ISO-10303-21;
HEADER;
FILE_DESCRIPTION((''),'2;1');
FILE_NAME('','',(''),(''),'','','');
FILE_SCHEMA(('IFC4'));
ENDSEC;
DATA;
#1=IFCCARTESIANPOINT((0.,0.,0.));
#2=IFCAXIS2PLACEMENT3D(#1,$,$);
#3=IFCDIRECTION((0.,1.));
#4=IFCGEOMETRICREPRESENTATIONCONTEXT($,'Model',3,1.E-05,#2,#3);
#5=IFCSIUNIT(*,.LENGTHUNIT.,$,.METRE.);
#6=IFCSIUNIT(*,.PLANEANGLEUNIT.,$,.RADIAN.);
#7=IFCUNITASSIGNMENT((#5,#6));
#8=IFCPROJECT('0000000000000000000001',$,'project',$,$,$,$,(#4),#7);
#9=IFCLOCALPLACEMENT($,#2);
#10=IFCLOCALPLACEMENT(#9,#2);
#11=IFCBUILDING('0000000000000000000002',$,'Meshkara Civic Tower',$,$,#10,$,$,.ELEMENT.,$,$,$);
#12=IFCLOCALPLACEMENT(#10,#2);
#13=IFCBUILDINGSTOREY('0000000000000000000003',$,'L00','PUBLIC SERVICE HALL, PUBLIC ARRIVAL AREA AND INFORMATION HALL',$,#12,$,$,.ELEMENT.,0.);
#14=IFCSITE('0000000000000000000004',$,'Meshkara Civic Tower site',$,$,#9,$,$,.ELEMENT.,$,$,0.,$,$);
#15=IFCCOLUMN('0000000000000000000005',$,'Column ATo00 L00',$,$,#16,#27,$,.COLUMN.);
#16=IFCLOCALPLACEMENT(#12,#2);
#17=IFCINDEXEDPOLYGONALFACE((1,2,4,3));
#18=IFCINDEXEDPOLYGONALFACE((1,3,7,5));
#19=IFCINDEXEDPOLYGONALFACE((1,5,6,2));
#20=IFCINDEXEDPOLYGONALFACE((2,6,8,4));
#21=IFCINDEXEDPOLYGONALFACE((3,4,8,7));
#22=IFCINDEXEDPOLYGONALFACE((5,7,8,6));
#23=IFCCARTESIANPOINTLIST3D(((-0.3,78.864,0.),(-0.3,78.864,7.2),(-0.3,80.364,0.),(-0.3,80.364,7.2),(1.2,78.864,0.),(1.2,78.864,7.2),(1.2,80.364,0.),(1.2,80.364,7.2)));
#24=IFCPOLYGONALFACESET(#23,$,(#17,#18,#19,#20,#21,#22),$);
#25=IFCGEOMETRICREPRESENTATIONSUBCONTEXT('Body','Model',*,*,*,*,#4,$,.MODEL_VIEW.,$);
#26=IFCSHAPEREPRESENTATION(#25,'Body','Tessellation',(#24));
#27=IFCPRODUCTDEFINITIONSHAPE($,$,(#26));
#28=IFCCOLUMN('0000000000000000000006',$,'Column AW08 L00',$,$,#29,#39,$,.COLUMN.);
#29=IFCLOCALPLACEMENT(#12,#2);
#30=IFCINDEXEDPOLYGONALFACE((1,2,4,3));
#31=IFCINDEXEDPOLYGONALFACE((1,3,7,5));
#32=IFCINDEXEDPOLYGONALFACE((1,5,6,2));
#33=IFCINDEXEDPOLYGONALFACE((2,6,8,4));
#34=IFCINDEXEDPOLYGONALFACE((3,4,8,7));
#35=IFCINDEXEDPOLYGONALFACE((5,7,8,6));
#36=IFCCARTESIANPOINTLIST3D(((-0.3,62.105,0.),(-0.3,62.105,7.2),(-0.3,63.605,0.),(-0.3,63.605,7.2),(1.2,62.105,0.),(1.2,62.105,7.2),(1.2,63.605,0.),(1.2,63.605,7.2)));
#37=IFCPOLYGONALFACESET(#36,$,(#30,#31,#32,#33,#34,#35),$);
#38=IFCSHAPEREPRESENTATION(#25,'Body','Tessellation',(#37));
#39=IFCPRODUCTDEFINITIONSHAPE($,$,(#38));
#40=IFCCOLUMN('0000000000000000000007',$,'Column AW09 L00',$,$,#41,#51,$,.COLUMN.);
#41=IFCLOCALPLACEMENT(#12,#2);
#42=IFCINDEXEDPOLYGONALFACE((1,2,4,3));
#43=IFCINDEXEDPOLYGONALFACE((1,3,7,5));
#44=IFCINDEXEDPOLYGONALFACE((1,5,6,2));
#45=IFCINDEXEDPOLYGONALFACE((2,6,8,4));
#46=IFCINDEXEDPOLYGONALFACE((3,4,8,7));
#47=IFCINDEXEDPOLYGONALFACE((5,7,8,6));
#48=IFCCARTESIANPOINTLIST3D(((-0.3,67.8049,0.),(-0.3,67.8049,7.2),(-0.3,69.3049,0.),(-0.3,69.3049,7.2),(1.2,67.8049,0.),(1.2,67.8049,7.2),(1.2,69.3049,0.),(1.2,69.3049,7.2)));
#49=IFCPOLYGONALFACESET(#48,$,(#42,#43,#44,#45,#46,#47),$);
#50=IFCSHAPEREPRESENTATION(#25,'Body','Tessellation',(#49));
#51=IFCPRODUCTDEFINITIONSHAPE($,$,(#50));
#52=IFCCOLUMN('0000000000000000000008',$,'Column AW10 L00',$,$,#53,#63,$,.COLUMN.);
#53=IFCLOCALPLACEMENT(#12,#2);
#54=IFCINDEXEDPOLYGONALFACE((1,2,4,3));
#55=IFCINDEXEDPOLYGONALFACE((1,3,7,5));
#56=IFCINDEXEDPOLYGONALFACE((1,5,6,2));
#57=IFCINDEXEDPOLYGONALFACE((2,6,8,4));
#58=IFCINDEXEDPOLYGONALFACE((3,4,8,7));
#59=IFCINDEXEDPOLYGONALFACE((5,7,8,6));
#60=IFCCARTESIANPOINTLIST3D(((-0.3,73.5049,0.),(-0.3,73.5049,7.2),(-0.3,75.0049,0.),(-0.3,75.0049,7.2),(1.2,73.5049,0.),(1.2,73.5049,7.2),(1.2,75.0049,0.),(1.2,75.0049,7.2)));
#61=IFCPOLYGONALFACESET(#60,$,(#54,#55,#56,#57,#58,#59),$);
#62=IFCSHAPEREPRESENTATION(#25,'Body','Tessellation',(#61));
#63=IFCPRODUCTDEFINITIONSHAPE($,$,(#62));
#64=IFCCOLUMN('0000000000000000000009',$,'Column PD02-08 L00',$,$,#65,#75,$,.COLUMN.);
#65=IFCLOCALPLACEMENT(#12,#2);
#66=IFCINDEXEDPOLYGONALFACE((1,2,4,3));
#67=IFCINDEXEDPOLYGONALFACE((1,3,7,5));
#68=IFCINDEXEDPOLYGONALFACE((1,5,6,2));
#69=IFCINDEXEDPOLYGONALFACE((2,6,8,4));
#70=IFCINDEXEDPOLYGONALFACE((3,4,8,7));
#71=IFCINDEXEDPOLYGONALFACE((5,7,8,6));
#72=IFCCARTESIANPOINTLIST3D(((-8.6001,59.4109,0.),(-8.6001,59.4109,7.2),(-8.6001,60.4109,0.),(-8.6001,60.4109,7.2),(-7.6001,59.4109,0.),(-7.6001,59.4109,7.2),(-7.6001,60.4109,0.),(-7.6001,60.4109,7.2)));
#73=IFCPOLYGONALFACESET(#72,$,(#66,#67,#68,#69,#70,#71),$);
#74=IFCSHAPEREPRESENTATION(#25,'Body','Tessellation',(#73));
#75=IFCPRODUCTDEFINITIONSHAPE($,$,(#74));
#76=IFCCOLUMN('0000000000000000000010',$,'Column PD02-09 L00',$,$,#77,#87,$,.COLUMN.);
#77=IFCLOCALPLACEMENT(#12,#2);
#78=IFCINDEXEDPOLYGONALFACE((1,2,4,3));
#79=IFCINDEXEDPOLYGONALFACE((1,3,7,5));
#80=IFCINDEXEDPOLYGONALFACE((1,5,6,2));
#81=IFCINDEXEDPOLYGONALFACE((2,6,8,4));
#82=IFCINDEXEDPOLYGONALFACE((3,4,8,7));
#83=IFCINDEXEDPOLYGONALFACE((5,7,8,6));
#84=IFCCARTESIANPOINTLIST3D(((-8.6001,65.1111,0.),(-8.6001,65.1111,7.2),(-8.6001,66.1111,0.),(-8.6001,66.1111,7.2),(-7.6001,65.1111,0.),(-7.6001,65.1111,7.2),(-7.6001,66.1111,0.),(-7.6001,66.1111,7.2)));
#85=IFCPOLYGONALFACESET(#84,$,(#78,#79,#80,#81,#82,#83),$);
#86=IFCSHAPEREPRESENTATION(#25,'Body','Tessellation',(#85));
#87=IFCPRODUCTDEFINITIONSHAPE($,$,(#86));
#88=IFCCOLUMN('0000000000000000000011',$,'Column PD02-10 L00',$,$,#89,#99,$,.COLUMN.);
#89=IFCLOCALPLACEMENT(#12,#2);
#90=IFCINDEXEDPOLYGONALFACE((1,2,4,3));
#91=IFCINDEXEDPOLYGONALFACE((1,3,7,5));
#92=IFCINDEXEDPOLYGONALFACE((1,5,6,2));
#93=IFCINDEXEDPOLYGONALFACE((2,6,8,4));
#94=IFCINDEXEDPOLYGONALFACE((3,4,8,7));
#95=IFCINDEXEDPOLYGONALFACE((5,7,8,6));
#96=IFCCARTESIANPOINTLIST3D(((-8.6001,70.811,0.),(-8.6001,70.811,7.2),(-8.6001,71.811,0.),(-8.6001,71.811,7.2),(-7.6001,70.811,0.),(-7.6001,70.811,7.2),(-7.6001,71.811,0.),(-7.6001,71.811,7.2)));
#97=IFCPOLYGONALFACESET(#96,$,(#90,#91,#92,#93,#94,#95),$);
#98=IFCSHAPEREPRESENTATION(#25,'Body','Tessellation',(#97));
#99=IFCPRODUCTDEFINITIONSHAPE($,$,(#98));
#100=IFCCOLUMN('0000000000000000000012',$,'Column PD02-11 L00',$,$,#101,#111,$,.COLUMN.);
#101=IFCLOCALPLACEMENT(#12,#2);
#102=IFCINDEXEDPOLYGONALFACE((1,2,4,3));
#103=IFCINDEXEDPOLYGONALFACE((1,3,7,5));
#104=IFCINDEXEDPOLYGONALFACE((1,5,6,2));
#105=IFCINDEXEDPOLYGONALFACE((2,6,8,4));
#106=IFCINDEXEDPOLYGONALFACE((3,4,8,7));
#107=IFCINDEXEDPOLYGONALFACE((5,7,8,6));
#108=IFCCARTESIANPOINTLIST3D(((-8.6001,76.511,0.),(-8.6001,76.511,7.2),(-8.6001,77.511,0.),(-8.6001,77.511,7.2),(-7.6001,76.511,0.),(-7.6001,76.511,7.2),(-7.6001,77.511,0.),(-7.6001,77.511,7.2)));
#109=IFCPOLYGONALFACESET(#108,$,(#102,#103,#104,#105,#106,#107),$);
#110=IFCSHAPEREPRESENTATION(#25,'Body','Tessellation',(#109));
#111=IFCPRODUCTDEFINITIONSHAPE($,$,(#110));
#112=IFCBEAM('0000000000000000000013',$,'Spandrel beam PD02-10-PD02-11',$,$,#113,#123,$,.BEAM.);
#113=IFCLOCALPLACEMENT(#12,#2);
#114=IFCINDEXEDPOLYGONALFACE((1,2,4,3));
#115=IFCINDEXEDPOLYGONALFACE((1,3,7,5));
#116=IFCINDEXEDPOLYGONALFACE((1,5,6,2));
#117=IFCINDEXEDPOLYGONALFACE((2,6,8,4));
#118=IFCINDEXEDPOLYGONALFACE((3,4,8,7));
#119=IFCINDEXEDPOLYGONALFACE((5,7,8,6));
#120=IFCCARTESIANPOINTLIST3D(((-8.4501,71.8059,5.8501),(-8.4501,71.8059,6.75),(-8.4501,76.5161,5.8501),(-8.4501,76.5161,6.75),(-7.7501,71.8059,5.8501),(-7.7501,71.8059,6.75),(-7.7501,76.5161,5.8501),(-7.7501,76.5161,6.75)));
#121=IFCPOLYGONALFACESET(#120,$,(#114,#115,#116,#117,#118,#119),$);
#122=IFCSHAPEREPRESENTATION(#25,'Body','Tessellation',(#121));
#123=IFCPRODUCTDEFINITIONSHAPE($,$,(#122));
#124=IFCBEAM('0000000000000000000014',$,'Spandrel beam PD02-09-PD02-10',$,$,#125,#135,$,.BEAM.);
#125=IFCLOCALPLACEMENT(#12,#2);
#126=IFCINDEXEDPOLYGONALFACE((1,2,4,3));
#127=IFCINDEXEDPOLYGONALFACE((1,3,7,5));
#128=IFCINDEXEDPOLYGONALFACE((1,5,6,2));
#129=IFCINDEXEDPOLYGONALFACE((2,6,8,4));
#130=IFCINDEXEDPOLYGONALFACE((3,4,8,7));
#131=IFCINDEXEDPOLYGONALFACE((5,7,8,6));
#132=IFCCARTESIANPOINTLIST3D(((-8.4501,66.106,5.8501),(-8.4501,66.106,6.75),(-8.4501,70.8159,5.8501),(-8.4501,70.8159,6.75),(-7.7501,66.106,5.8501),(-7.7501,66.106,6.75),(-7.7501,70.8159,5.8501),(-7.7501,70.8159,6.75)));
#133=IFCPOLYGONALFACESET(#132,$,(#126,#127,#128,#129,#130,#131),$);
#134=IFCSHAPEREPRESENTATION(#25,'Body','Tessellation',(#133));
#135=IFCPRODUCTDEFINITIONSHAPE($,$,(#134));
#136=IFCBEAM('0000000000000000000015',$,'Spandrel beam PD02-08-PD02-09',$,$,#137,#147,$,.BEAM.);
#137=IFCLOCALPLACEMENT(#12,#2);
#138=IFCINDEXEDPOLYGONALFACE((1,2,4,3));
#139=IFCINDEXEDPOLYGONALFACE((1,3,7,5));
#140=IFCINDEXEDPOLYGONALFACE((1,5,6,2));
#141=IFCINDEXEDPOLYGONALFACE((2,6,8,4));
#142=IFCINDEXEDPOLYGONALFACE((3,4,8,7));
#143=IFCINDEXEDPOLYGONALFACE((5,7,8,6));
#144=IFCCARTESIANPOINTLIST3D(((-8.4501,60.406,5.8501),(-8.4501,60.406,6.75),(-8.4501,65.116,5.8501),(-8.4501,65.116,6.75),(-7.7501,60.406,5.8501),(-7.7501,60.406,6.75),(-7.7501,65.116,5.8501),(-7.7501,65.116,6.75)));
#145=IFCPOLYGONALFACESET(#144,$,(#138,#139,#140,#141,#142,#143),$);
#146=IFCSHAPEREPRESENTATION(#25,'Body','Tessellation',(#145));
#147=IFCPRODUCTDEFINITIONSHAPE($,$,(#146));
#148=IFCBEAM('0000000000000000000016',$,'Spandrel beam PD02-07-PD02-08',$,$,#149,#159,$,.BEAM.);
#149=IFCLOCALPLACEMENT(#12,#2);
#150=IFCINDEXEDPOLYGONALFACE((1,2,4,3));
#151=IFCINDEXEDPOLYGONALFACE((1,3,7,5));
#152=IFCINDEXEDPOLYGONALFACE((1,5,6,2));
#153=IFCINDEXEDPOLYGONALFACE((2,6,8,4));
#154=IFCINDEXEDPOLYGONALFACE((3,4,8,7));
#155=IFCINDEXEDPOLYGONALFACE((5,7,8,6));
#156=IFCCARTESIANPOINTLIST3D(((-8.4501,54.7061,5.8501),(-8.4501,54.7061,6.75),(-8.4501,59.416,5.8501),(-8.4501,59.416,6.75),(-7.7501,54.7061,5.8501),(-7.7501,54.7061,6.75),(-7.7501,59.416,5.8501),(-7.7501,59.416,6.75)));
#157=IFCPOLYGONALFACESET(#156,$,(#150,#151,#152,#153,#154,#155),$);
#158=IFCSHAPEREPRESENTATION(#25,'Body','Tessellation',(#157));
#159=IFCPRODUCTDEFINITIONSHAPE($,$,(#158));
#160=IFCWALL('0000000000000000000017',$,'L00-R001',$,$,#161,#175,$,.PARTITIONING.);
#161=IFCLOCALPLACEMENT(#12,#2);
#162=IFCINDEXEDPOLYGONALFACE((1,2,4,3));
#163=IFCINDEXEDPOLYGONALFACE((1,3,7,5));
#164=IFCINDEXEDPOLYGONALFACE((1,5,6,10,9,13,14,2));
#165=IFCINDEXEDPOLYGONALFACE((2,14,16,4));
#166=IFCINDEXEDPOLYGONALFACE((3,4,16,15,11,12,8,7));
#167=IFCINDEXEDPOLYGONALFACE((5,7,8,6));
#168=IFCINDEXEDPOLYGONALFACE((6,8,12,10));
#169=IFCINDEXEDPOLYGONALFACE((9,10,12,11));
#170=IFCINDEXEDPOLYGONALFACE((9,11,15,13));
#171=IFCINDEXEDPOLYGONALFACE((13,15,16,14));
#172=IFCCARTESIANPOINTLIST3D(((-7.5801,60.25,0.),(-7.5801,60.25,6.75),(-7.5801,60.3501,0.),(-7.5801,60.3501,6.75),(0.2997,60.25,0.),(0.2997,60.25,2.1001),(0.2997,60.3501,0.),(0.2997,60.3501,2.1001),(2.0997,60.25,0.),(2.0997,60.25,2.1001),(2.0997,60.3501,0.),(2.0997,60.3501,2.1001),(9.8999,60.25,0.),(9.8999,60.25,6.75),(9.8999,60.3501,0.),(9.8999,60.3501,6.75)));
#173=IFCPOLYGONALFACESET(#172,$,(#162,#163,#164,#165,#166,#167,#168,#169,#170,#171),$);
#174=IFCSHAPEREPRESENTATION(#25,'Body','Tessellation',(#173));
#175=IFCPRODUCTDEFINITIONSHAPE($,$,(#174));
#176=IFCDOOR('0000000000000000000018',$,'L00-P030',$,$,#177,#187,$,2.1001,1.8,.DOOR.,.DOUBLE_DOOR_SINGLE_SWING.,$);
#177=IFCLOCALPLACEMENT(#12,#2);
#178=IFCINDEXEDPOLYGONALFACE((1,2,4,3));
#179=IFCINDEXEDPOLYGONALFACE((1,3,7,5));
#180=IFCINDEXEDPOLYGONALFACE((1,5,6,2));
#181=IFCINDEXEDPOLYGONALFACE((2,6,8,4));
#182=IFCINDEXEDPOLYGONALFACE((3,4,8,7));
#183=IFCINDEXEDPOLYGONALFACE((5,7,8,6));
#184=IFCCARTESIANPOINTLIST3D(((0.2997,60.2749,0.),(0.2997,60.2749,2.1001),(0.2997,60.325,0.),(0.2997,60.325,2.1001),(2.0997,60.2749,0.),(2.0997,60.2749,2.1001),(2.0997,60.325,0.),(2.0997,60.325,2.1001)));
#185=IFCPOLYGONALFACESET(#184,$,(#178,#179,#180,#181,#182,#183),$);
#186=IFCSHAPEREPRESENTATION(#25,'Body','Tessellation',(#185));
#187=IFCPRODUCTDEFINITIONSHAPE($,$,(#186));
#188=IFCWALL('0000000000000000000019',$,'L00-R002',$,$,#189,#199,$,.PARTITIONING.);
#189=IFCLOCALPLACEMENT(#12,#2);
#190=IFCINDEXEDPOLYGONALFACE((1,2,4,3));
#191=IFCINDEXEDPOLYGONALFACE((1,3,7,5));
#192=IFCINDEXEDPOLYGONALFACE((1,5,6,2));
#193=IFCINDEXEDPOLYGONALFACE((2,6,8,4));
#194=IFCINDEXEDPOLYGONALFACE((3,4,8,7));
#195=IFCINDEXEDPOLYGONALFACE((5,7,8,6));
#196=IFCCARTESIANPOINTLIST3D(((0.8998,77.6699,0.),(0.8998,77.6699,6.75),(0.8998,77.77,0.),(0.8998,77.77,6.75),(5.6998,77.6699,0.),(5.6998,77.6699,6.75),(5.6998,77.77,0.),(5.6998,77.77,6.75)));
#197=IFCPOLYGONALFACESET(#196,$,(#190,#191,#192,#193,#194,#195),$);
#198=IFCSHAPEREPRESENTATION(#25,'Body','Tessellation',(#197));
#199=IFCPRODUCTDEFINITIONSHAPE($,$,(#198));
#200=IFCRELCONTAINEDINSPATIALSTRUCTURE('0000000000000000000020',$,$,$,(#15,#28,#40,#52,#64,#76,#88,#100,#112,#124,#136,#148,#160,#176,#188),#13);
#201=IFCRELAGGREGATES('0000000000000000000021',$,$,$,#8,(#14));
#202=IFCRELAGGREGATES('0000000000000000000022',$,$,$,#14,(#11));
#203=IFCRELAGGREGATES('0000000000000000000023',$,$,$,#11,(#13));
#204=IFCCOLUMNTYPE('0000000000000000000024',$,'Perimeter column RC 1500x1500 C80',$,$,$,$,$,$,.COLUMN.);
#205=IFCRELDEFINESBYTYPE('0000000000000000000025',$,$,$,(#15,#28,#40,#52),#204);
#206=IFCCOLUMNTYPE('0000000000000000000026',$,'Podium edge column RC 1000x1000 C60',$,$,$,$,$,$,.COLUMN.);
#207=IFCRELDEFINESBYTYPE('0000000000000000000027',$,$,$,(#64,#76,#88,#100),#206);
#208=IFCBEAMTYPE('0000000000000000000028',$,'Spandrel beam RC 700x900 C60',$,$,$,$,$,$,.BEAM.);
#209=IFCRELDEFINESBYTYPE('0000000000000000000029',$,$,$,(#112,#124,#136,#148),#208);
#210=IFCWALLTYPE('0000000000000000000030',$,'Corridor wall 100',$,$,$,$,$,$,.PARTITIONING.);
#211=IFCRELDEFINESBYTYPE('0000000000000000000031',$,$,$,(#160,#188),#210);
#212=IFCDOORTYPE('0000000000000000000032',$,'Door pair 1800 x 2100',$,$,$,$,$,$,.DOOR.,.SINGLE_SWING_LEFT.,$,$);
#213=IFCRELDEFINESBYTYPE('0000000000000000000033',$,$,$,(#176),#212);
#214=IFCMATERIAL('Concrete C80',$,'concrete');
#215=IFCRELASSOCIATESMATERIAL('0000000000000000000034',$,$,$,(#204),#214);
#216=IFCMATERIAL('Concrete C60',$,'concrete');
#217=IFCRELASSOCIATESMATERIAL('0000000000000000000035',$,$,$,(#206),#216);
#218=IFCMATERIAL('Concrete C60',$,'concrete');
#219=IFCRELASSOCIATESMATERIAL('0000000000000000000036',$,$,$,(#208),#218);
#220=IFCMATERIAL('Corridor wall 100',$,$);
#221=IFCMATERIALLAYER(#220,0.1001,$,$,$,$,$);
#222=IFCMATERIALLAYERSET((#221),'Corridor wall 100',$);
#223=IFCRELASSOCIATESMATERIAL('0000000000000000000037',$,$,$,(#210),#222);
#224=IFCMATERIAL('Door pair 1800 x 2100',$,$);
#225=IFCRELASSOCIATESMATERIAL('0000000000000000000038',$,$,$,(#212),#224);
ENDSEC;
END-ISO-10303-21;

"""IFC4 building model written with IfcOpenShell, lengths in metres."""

from ifc_helpers import new_model, si_unit, direction, frame, frame_2d, origin, origin_2d, place, context, subcontext, project, spatial, rectangle, extrude, material, layer, layer_set, material_profile, profile_set, type_object, element, fill, save


model = new_model("IFC4")

# Units and contexts
model_context = context("Model", 3, precision=1e-05, world=origin(), true_north=direction((0.0, 1.0)))
body_context = subcontext(model_context, "Body", "Model", "MODEL_VIEW")
ifc_project = project(units=[si_unit("LENGTHUNIT", "METRE"), si_unit("PLANEANGLEUNIT", "RADIAN")], contexts=[model_context])

# Site, building, storey
site_placement = place(None, origin())
site = spatial("IfcSite", under=ifc_project, at=site_placement, Name="Meshkara Civic Tower site", CompositionType="ELEMENT", RefElevation=0.0)
building_placement = place(site_placement, origin())
building = spatial("IfcBuilding", under=site, at=building_placement, Name="Meshkara Civic Tower", CompositionType="ELEMENT")
storey_placement = place(building_placement, origin())
storey = spatial("IfcBuildingStorey", under=building, at=storey_placement, Name="L00", Description="PUBLIC SERVICE HALL, PUBLIC ARRIVAL AREA AND INFORMATION HALL", CompositionType="ELEMENT", Elevation=0.0)

# Columns
ifc_material_1 = material(Name="Concrete C80", Category="concrete")
ifc_material_profile_1 = material_profile(ifc_material_1, rectangle(XDim=1.5, YDim=1.5, at=origin_2d()))
ifc_profile_set_1 = profile_set([ifc_material_profile_1], Name="Concrete C80")
column_type_1 = type_object("IfcColumnType", Name="Perimeter column RC 1500x1500 C80", PredefinedType="COLUMN", material=ifc_profile_set_1)
for number, where, z_axis, x_axis, name in (
    (1, (0.45, 79.614, 0.0), (0.0, 0.0, 1.0), (1.0, 0.0, 0.0), "Column ATo00 L00"),
    (2, (0.45, 62.855, 0.0), (0.0, 0.0, 1.0), (1.0, 0.0, 0.0), "Column AW08 L00"),
    (3, (0.45, 68.5549, 0.0), (0.0, 0.0, 1.0), (1.0, 0.0, 0.0), "Column AW09 L00"),
    (4, (0.45, 74.2549, 0.0), (0.0, 0.0, 1.0), (1.0, 0.0, 0.0), "Column AW10 L00"),
):
    element("IfcColumn", number, at=place(storey_placement, frame(where, z_axis=z_axis, x_axis=x_axis)), inside=storey, type_object=column_type_1, Name=name, PredefinedType="COLUMN", context=body_context, shape_type="SweptSolid", body=[
        extrude(rectangle(XDim=1.5, YDim=1.5, at=origin_2d()), origin(), (0.0, 0.0, 1.0), 7.2),
    ])
ifc_material_2 = material(Name="Concrete C60", Category="concrete")
ifc_material_profile_2 = material_profile(ifc_material_2, rectangle(XDim=1.0, YDim=1.0, at=origin_2d()))
ifc_profile_set_2 = profile_set([ifc_material_profile_2], Name="Concrete C60")
column_type_2 = type_object("IfcColumnType", Name="Podium edge column RC 1000x1000 C60", PredefinedType="COLUMN", material=ifc_profile_set_2)
for number, where, z_axis, x_axis, name in (
    (5, (-8.1001, 59.9109, 0.0), (0.0, 0.0, 1.0), (1.0, 0.0, 0.0), "Column PD02-08 L00"),
    (6, (-8.1001, 65.6111, 0.0), (0.0, 0.0, 1.0), (1.0, 0.0, 0.0), "Column PD02-09 L00"),
    (7, (-8.1001, 71.311, 0.0), (0.0, 0.0, 1.0), (1.0, 0.0, 0.0), "Column PD02-10 L00"),
    (8, (-8.1001, 77.011, 0.0), (0.0, 0.0, 1.0), (1.0, 0.0, 0.0), "Column PD02-11 L00"),
):
    element("IfcColumn", number, at=place(storey_placement, frame(where, z_axis=z_axis, x_axis=x_axis)), inside=storey, type_object=column_type_2, Name=name, PredefinedType="COLUMN", context=body_context, shape_type="SweptSolid", body=[
        extrude(rectangle(XDim=1.0, YDim=1.0, at=origin_2d()), origin(), (0.0, 0.0, 1.0), 7.2),
    ])

# Beams
ifc_material_3 = material(Name="Concrete C60", Category="concrete")
ifc_material_profile_3 = material_profile(ifc_material_3, rectangle(XDim=0.7, YDim=0.8999, at=origin_2d()))
ifc_profile_set_3 = profile_set([ifc_material_profile_3], Name="Concrete C60")
beam_type = type_object("IfcBeamType", Name="Spandrel beam RC 700x900 C60", PredefinedType="BEAM", material=ifc_profile_set_3)
beam_placement = place(storey_placement, frame((-8.1001, 76.5161, 6.3), z_axis=(0.0, -1.0, 0.0), x_axis=(1.0, 0.0, 0.0)))
element("IfcBeam", 9, at=beam_placement, inside=storey, type_object=beam_type, Name="Spandrel beam PD02-10-PD02-11", PredefinedType="BEAM", context=body_context, shape_type="SweptSolid", body=[
    extrude(rectangle(XDim=0.7, YDim=0.8999, at=origin_2d()), origin(), (0.0, 0.0, 1.0), 4.7102),
])
for number, where, z_axis, x_axis, name in (
    (10, (-8.1001, 70.8159, 6.3), (0.0, -1.0, 0.0), (1.0, 0.0, 0.0), "Spandrel beam PD02-09-PD02-10"),
    (11, (-8.1001, 65.116, 6.3), (0.0, -1.0, 0.0), (1.0, 0.0, 0.0), "Spandrel beam PD02-08-PD02-09"),
    (12, (-8.1001, 59.416, 6.3), (0.0, -1.0, 0.0), (1.0, 0.0, 0.0), "Spandrel beam PD02-07-PD02-08"),
):
    element("IfcBeam", number, at=place(storey_placement, frame(where, z_axis=z_axis, x_axis=x_axis)), inside=storey, type_object=beam_type, Name=name, PredefinedType="BEAM", context=body_context, shape_type="SweptSolid", body=[
        extrude(rectangle(XDim=0.7, YDim=0.8999, at=origin_2d()), origin(), (0.0, 0.0, 1.0), 4.71),
    ])

# Wall, opening, door
ifc_material_4 = material(Name="Corridor wall 100")
ifc_layer_1 = layer(ifc_material_4, 0.1001)
ifc_layer_set_1 = layer_set([ifc_layer_1], Name="Corridor wall 100")
wall_type_1 = type_object("IfcWallType", Name="Corridor wall 100", PredefinedType="PARTITIONING", material=ifc_layer_set_1)
wall_1_placement = place(storey_placement, frame((-7.5801, 60.3, 0.0), z_axis=(0.0, 0.0, 1.0), x_axis=(1.0, 0.0, 0.0)))
wall_1 = element("IfcWall", 13, at=wall_1_placement, inside=storey, type_object=wall_type_1, Name="L00-R001", PredefinedType="PARTITIONING", context=body_context, shape_type="SweptSolid", body=[
    extrude(rectangle(XDim=17.48, YDim=0.1001, at=frame_2d((8.74, 0.0))), origin(), (0.0, 0.0, 1.0), 6.75),
])
opening_1_placement = place(wall_1_placement, frame((7.8799, 0.0, 0.0)))
opening_1 = element("IfcOpeningElement", 14, at=opening_1_placement, cuts=wall_1, PredefinedType="OPENING", context=body_context, shape_type="SweptSolid", body=[
    extrude(rectangle(XDim=1.8, YDim=2.1001, at=frame_2d((0.8999, 1.05))), frame((0.0, 0.0601, 0.0), z_axis=(0.0, -1.0, 0.0), x_axis=(1.0, 0.0, 0.0)), (0.0, 0.0, 1.0), 0.1201),
])
ifc_material_5 = material(Name="Door pair 1800 x 2100")
door_type_1 = type_object("IfcDoorType", Name="Door pair 1800 x 2100", OperationType="SINGLE_SWING_LEFT", PredefinedType="DOOR", material=ifc_material_5)
door_1_placement = place(opening_1_placement, origin())
door_1 = element("IfcDoor", 15, at=door_1_placement, inside=storey, type_object=door_type_1, Name="L00-P030", OperationType="DOUBLE_DOOR_SINGLE_SWING", OverallHeight=2.1001, OverallWidth=1.8, PredefinedType="DOOR", context=body_context, shape_type="SweptSolid", body=[
    extrude(rectangle(XDim=1.8, YDim=2.1001, at=frame_2d((0.8999, 1.05))), frame((0.0, 0.0249, 0.0), z_axis=(0.0, -1.0, 0.0), x_axis=(1.0, 0.0, 0.0)), (0.0, 0.0, 1.0), 0.05),
])
fill(opening_1, door_1)

# Wall
wall_2_placement = place(storey_placement, frame((0.8999, 77.72, 0.0), z_axis=(0.0, 0.0, 1.0), x_axis=(1.0, 0.0, 0.0)))
element("IfcWall", 16, at=wall_2_placement, inside=storey, type_object=wall_type_1, Name="L00-R002", PredefinedType="PARTITIONING", context=body_context, shape_type="SweptSolid", body=[
    extrude(rectangle(XDim=4.8, YDim=0.1001, at=frame_2d((2.3999, 0.0))), origin(), (0.0, 0.0, 1.0), 6.75),
])

save(model, "model.ifc")
